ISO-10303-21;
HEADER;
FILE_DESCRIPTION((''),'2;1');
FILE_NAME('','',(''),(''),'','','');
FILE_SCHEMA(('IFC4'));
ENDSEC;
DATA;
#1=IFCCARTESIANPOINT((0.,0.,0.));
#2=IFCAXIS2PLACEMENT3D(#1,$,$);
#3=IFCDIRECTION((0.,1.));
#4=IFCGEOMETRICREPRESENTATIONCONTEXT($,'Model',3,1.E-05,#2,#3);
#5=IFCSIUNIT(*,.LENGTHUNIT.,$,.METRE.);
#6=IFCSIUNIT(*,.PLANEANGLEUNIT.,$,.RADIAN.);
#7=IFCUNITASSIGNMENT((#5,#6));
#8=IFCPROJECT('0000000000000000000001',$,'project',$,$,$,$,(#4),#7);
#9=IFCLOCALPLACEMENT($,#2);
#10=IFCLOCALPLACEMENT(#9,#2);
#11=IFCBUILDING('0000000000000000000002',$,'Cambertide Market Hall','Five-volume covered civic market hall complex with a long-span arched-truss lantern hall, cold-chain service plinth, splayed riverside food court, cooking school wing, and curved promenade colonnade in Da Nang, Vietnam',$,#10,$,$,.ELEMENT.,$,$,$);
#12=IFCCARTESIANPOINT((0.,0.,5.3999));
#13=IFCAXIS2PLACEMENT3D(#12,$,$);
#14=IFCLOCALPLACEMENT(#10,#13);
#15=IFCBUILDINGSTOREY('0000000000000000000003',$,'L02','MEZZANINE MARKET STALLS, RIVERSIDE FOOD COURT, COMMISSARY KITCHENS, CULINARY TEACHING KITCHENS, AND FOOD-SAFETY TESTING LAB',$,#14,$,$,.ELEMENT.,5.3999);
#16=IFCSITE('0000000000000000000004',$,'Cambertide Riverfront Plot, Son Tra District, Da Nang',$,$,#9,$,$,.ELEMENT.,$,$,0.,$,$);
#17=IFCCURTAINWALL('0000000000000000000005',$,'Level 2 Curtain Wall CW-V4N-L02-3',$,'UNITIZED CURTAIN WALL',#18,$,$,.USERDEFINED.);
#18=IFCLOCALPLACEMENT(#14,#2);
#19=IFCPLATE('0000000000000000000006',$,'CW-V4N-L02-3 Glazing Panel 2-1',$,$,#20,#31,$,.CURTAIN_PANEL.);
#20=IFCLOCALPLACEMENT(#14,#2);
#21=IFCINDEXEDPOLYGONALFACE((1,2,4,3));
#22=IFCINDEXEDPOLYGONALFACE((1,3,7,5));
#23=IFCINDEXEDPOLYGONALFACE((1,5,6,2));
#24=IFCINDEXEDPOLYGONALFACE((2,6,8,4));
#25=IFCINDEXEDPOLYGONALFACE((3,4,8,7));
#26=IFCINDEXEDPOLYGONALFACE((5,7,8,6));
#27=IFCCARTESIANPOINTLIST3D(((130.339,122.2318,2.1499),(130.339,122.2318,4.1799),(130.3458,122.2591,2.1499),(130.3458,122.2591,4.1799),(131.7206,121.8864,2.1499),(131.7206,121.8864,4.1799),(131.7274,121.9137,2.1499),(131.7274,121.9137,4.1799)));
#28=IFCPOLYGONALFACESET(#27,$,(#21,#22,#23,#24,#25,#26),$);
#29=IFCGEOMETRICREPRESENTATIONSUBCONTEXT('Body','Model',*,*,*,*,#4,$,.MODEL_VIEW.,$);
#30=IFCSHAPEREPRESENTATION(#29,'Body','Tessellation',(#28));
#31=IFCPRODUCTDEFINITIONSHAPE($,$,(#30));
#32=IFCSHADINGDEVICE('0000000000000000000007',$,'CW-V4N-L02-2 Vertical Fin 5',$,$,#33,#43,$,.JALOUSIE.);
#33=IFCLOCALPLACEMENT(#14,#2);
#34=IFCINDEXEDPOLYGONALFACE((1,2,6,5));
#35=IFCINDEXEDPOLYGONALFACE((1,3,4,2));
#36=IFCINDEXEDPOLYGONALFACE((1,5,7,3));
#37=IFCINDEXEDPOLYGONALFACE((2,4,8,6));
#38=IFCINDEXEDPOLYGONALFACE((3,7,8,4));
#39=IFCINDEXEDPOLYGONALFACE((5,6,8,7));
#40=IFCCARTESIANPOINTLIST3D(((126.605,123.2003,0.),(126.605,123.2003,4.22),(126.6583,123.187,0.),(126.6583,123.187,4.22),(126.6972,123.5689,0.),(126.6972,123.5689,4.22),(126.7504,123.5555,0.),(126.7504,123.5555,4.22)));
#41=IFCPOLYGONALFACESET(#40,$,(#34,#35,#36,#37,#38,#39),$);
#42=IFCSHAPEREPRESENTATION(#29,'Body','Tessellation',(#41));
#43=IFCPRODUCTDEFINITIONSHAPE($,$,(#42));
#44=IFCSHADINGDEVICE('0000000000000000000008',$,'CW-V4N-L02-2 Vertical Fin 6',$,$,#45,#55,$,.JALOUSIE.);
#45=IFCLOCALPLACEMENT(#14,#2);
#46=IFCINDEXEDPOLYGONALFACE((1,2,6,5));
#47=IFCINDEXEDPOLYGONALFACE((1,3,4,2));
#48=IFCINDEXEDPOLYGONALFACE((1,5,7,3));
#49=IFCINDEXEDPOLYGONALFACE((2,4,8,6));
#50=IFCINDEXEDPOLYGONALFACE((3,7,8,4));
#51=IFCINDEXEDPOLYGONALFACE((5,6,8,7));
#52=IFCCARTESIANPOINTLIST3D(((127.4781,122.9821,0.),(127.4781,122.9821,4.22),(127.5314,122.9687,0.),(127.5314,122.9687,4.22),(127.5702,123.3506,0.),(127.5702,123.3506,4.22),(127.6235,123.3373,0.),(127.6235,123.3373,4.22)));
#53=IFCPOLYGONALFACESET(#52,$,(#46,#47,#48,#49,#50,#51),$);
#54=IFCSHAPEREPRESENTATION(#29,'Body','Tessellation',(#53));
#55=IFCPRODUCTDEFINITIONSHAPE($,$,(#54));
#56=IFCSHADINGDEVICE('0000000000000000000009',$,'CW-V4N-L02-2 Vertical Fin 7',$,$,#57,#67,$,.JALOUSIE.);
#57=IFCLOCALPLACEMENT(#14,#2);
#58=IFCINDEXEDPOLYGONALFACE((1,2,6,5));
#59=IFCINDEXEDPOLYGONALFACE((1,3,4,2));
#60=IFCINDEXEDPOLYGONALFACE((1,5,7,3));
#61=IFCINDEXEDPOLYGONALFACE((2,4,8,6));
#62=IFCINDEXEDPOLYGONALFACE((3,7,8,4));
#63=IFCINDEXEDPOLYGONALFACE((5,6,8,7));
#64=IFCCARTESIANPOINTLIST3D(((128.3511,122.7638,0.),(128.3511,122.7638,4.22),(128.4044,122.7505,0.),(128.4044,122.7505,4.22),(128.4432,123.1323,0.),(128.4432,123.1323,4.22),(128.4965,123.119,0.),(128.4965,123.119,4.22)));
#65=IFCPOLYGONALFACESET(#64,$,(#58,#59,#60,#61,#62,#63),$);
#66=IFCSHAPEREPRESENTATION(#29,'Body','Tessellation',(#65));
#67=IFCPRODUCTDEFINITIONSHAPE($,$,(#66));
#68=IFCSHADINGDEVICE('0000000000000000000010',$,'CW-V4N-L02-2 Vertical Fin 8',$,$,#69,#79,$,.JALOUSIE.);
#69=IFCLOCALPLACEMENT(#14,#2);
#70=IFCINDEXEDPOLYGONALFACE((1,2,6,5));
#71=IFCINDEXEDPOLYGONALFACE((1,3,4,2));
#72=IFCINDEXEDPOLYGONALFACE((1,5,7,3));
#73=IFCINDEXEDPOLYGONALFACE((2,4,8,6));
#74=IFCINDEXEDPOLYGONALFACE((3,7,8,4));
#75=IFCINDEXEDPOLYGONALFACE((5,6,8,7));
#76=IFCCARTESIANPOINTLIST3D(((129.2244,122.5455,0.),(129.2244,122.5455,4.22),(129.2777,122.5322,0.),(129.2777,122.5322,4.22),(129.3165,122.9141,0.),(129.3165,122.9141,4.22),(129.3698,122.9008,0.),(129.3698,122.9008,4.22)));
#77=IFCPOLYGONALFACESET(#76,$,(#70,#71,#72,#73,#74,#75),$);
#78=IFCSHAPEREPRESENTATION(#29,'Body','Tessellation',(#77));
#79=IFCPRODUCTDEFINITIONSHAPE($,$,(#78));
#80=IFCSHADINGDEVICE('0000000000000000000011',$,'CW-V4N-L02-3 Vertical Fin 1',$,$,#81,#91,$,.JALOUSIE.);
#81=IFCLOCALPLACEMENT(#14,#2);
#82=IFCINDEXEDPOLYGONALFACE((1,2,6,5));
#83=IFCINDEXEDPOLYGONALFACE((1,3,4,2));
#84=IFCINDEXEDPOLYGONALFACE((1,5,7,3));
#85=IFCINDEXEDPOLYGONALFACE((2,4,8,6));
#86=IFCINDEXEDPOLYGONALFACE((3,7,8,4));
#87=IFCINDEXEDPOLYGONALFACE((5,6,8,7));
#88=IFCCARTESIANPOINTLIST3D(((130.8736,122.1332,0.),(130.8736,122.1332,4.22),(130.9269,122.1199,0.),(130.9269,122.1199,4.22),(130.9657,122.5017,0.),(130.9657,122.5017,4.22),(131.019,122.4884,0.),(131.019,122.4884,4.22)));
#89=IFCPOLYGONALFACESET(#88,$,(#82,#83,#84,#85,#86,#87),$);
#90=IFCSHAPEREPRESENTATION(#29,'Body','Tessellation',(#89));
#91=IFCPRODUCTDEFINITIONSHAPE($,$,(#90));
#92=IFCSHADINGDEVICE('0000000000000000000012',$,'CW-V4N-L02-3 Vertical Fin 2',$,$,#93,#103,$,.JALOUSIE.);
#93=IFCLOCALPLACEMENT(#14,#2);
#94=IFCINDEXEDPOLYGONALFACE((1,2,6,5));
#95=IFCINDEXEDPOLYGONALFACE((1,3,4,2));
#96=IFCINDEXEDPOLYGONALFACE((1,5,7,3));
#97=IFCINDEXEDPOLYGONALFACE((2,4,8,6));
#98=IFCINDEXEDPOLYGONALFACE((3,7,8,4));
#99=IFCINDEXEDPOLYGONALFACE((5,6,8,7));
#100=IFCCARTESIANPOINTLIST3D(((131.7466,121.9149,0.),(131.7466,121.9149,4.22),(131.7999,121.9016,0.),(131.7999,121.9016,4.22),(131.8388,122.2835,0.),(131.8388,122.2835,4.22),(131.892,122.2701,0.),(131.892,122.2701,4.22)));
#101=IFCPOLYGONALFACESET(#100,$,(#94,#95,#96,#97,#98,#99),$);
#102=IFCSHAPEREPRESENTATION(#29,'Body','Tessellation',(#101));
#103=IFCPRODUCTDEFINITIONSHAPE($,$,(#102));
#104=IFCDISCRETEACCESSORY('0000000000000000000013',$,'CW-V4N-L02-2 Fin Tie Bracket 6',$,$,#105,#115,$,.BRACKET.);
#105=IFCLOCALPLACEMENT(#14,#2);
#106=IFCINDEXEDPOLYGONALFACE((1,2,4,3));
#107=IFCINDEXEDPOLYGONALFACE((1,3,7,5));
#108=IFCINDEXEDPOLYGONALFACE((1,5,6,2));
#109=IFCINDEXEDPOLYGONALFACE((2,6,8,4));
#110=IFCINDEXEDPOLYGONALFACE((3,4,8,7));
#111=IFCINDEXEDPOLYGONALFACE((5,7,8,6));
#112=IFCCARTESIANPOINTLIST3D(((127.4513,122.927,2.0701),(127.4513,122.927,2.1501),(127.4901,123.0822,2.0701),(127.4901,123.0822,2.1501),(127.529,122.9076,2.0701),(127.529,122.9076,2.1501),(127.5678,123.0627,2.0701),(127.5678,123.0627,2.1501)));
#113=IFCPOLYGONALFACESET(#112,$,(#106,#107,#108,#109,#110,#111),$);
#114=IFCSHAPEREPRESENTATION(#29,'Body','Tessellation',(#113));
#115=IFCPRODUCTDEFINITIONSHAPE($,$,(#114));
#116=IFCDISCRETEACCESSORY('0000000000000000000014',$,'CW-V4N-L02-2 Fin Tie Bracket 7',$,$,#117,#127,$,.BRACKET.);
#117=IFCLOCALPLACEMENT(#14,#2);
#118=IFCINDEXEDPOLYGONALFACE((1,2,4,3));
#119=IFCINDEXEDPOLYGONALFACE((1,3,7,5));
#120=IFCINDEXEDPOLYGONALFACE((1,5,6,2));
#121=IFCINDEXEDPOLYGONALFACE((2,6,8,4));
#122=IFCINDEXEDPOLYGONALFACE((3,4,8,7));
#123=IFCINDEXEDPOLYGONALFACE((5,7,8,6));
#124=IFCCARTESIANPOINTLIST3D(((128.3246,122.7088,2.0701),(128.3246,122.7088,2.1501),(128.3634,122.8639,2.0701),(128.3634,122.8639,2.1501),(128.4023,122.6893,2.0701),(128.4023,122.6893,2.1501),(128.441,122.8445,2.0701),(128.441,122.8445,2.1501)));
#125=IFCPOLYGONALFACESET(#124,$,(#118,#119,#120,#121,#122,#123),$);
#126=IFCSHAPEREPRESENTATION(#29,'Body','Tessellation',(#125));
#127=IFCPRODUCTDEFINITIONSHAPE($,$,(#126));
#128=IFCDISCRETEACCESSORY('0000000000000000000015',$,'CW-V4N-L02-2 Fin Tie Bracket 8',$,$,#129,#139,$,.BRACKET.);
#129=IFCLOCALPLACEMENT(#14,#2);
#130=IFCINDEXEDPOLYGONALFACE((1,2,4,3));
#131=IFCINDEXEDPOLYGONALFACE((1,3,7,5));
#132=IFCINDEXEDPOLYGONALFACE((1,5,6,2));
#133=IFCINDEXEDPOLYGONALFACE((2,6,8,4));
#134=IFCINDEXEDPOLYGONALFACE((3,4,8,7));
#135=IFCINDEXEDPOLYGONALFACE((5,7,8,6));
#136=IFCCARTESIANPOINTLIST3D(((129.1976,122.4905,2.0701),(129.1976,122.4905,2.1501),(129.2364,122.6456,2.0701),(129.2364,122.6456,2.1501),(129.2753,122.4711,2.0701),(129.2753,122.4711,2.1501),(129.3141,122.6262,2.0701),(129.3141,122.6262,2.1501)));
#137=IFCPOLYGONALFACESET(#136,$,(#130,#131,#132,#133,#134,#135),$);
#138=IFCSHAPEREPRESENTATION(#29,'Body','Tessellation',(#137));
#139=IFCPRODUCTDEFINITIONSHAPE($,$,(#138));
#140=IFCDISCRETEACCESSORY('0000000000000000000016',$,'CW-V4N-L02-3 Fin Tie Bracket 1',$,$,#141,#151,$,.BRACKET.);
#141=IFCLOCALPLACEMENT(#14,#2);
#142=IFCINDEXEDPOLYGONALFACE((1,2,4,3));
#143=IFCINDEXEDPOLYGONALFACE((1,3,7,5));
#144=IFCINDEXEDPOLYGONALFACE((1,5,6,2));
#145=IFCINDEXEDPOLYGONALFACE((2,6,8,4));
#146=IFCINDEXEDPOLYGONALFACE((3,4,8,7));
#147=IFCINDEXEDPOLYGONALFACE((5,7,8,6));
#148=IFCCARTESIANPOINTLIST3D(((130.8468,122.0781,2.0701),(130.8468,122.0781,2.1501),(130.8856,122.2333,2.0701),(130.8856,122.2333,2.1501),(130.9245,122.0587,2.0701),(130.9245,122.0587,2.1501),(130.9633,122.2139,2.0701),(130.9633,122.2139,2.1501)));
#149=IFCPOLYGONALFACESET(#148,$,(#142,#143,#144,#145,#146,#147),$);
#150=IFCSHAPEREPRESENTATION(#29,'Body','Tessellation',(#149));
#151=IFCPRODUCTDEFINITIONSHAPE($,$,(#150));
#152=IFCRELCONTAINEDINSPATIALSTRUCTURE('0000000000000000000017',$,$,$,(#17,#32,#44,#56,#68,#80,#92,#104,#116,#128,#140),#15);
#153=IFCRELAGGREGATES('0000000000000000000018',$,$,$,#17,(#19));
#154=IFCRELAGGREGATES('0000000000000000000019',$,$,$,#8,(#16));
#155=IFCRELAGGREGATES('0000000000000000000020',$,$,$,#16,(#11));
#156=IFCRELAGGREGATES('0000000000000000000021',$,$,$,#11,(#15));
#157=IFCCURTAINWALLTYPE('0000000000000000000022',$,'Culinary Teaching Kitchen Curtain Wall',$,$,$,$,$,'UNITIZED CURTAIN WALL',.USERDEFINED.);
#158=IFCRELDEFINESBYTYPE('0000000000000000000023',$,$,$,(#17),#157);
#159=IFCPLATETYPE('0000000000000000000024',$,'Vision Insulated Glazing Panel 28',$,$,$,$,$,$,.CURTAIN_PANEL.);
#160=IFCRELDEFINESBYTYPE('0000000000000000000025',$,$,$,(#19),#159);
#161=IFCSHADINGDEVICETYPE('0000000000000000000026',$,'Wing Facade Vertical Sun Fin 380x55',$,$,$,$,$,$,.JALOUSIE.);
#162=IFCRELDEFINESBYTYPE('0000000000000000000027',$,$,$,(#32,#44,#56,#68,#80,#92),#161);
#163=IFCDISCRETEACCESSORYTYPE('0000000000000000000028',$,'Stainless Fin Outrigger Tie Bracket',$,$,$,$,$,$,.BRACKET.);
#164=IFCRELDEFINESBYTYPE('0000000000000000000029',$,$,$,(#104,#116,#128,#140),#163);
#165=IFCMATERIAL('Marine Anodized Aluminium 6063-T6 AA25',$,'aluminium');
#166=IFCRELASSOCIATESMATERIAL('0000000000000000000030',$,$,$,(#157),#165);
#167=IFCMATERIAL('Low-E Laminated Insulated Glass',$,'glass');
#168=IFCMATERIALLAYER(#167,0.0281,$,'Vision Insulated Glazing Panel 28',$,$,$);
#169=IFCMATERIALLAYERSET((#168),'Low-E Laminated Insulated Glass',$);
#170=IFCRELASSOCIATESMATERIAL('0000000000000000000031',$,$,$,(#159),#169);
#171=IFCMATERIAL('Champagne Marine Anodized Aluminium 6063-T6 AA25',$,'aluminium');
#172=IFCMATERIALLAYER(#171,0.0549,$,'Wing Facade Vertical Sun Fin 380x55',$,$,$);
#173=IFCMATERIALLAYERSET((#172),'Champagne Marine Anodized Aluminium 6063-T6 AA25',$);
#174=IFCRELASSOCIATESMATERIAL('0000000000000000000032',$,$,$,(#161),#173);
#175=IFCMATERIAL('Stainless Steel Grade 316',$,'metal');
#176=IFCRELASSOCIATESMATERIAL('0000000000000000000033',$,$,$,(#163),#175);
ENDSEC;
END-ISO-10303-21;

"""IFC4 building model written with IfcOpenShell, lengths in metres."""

from ifc_helpers import new_model, si_unit, direction, frame, origin, origin_2d, place, context, subcontext, project, spatial, rectangle, extrude, material, layer, layer_set, type_object, element, aggregate, save


model = new_model("IFC4")

# Units and contexts
model_context = context("Model", 3, precision=1e-05, world=origin(), true_north=direction((0.0, 1.0)))
body_context = subcontext(model_context, "Body", "Model", "MODEL_VIEW")
ifc_project = project(units=[si_unit("LENGTHUNIT", "METRE"), si_unit("PLANEANGLEUNIT", "RADIAN")], contexts=[model_context])

# Site, building, storey
site_placement = place(None, origin())
site = spatial("IfcSite", under=ifc_project, at=site_placement, Name="Cambertide Riverfront Plot, Son Tra District, Da Nang", CompositionType="ELEMENT", RefElevation=0.0)
building_placement = place(site_placement, origin())
building = spatial("IfcBuilding", under=site, at=building_placement, Name="Cambertide Market Hall", Description="Five-volume covered civic market hall complex with a long-span arched-truss lantern hall, cold-chain service plinth, splayed riverside food court, cooking school wing, and curved promenade colonnade in Da Nang, Vietnam", CompositionType="ELEMENT")
storey_placement = place(building_placement, frame((0.0, 0.0, 5.3999)))
storey = spatial("IfcBuildingStorey", under=building, at=storey_placement, Name="L02", Description="MEZZANINE MARKET STALLS, RIVERSIDE FOOD COURT, COMMISSARY KITCHENS, CULINARY TEACHING KITCHENS, AND FOOD-SAFETY TESTING LAB", CompositionType="ELEMENT", Elevation=5.3999)

# Shared definitions
ifc_material_1 = material(Name="Marine Anodized Aluminium 6063-T6 AA25", Category="aluminium")
curtain_wall_type = type_object("IfcCurtainWallType", Name="Culinary Teaching Kitchen Curtain Wall", ElementType="UNITIZED CURTAIN WALL", PredefinedType="USERDEFINED", material=ifc_material_1)

# Curtain wall
curtain_wall_1_placement = place(storey_placement, origin())
curtain_wall_1 = element("IfcCurtainWall", 1, at=curtain_wall_1_placement, inside=storey, type_object=curtain_wall_type, Name="Level 2 Curtain Wall CW-V4N-L02-3", ObjectType="UNITIZED CURTAIN WALL", PredefinedType="USERDEFINED")

# Plate
ifc_material_2 = material(Name="Low-E Laminated Insulated Glass", Category="glass")
ifc_layer_1 = layer(ifc_material_2, 0.0281, Name="Vision Insulated Glazing Panel 28")
ifc_layer_set_1 = layer_set([ifc_layer_1], Name="Low-E Laminated Insulated Glass")
plate_type = type_object("IfcPlateType", Name="Vision Insulated Glazing Panel 28", PredefinedType="CURTAIN_PANEL", material=ifc_layer_set_1)
plate_1_placement = place(storey_placement, frame((131.0332, 122.0728, 2.1499), z_axis=(0.0, 0.0, 1.0), x_axis=(0.970143, -0.242536, 0.0)))
plate_1 = element("IfcPlate", 2, at=plate_1_placement, type_object=plate_type, Name="CW-V4N-L02-3 Glazing Panel 2-1", PredefinedType="CURTAIN_PANEL", context=body_context, shape_type="SweptSolid", body=[
    extrude(rectangle(XDim=1.4241, YDim=0.0281, at=origin_2d()), origin(), (0.0, 0.0, 1.0), 2.03),
])
aggregate(curtain_wall_1, [plate_1])

# Shading devices
ifc_material_3 = material(Name="Champagne Marine Anodized Aluminium 6063-T6 AA25", Category="aluminium")
ifc_layer_2 = layer(ifc_material_3, 0.0549, Name="Wing Facade Vertical Sun Fin 380x55")
ifc_layer_set_2 = layer_set([ifc_layer_2], Name="Champagne Marine Anodized Aluminium 6063-T6 AA25")
shading_device_type = type_object("IfcShadingDeviceType", Name="Wing Facade Vertical Sun Fin 380x55", PredefinedType="JALOUSIE", material=ifc_layer_set_2)
for number, where, z_axis, x_axis, name in (
    (3, (126.6777, 123.3779, 0.0), (0.0, 0.0, 1.0), (0.970143, -0.242536, 0.0), "CW-V4N-L02-2 Vertical Fin 5"),
    (4, (127.5508, 123.1597, 0.0), (0.0, 0.0, 1.0), (0.970143, -0.242536, 0.0), "CW-V4N-L02-2 Vertical Fin 6"),
    (5, (128.4238, 122.9414, 0.0), (0.0, 0.0, 1.0), (0.970143, -0.242536, 0.0), "CW-V4N-L02-2 Vertical Fin 7"),
    (6, (129.2971, 122.7231, 0.0), (0.0, 0.0, 1.0), (0.970143, -0.242536, 0.0), "CW-V4N-L02-2 Vertical Fin 8"),
    (7, (130.9463, 122.3108, 0.0), (0.0, 0.0, 1.0), (0.970143, -0.242536, 0.0), "CW-V4N-L02-3 Vertical Fin 1"),
    (8, (131.8193, 122.0925, 0.0), (0.0, 0.0, 1.0), (0.970143, -0.242536, 0.0), "CW-V4N-L02-3 Vertical Fin 2"),
):
    element("IfcShadingDevice", number, at=place(storey_placement, frame(where, z_axis=z_axis, x_axis=x_axis)), inside=storey, type_object=shading_device_type, Name=name, PredefinedType="JALOUSIE", context=body_context, shape_type="SweptSolid", body=[
        extrude(rectangle(XDim=0.0549, YDim=0.3799, at=origin_2d()), origin(), (0.0, 0.0, 1.0), 4.22),
    ])

# Discrete accessories
ifc_material_4 = material(Name="Stainless Steel Grade 316", Category="metal")
discrete_accessory_type = type_object("IfcDiscreteAccessoryType", Name="Stainless Fin Outrigger Tie Bracket", PredefinedType="BRACKET", material=ifc_material_4)
for number, where, z_axis, x_axis, name in (
    (9, (127.5095, 122.9949, 2.0701), (0.0, 0.0, 1.0), (0.970143, -0.242536, 0.0), "CW-V4N-L02-2 Fin Tie Bracket 6"),
    (10, (128.3828, 122.7766, 2.0701), (0.0, 0.0, 1.0), (0.970143, -0.242536, 0.0), "CW-V4N-L02-2 Fin Tie Bracket 7"),
    (11, (129.2559, 122.5583, 2.0701), (0.0, 0.0, 1.0), (0.970143, -0.242536, 0.0), "CW-V4N-L02-2 Fin Tie Bracket 8"),
    (12, (130.905, 122.146, 2.0701), (0.0, 0.0, 1.0), (0.970143, -0.242536, 0.0), "CW-V4N-L02-3 Fin Tie Bracket 1"),
):
    element("IfcDiscreteAccessory", number, at=place(storey_placement, frame(where, z_axis=z_axis, x_axis=x_axis)), inside=storey, type_object=discrete_accessory_type, Name=name, PredefinedType="BRACKET", context=body_context, shape_type="SweptSolid", body=[
        extrude(rectangle(XDim=0.0801, YDim=0.1599, at=origin_2d()), origin(), (0.0, 0.0, 1.0), 0.0801),
    ])

save(model, "model.ifc")
